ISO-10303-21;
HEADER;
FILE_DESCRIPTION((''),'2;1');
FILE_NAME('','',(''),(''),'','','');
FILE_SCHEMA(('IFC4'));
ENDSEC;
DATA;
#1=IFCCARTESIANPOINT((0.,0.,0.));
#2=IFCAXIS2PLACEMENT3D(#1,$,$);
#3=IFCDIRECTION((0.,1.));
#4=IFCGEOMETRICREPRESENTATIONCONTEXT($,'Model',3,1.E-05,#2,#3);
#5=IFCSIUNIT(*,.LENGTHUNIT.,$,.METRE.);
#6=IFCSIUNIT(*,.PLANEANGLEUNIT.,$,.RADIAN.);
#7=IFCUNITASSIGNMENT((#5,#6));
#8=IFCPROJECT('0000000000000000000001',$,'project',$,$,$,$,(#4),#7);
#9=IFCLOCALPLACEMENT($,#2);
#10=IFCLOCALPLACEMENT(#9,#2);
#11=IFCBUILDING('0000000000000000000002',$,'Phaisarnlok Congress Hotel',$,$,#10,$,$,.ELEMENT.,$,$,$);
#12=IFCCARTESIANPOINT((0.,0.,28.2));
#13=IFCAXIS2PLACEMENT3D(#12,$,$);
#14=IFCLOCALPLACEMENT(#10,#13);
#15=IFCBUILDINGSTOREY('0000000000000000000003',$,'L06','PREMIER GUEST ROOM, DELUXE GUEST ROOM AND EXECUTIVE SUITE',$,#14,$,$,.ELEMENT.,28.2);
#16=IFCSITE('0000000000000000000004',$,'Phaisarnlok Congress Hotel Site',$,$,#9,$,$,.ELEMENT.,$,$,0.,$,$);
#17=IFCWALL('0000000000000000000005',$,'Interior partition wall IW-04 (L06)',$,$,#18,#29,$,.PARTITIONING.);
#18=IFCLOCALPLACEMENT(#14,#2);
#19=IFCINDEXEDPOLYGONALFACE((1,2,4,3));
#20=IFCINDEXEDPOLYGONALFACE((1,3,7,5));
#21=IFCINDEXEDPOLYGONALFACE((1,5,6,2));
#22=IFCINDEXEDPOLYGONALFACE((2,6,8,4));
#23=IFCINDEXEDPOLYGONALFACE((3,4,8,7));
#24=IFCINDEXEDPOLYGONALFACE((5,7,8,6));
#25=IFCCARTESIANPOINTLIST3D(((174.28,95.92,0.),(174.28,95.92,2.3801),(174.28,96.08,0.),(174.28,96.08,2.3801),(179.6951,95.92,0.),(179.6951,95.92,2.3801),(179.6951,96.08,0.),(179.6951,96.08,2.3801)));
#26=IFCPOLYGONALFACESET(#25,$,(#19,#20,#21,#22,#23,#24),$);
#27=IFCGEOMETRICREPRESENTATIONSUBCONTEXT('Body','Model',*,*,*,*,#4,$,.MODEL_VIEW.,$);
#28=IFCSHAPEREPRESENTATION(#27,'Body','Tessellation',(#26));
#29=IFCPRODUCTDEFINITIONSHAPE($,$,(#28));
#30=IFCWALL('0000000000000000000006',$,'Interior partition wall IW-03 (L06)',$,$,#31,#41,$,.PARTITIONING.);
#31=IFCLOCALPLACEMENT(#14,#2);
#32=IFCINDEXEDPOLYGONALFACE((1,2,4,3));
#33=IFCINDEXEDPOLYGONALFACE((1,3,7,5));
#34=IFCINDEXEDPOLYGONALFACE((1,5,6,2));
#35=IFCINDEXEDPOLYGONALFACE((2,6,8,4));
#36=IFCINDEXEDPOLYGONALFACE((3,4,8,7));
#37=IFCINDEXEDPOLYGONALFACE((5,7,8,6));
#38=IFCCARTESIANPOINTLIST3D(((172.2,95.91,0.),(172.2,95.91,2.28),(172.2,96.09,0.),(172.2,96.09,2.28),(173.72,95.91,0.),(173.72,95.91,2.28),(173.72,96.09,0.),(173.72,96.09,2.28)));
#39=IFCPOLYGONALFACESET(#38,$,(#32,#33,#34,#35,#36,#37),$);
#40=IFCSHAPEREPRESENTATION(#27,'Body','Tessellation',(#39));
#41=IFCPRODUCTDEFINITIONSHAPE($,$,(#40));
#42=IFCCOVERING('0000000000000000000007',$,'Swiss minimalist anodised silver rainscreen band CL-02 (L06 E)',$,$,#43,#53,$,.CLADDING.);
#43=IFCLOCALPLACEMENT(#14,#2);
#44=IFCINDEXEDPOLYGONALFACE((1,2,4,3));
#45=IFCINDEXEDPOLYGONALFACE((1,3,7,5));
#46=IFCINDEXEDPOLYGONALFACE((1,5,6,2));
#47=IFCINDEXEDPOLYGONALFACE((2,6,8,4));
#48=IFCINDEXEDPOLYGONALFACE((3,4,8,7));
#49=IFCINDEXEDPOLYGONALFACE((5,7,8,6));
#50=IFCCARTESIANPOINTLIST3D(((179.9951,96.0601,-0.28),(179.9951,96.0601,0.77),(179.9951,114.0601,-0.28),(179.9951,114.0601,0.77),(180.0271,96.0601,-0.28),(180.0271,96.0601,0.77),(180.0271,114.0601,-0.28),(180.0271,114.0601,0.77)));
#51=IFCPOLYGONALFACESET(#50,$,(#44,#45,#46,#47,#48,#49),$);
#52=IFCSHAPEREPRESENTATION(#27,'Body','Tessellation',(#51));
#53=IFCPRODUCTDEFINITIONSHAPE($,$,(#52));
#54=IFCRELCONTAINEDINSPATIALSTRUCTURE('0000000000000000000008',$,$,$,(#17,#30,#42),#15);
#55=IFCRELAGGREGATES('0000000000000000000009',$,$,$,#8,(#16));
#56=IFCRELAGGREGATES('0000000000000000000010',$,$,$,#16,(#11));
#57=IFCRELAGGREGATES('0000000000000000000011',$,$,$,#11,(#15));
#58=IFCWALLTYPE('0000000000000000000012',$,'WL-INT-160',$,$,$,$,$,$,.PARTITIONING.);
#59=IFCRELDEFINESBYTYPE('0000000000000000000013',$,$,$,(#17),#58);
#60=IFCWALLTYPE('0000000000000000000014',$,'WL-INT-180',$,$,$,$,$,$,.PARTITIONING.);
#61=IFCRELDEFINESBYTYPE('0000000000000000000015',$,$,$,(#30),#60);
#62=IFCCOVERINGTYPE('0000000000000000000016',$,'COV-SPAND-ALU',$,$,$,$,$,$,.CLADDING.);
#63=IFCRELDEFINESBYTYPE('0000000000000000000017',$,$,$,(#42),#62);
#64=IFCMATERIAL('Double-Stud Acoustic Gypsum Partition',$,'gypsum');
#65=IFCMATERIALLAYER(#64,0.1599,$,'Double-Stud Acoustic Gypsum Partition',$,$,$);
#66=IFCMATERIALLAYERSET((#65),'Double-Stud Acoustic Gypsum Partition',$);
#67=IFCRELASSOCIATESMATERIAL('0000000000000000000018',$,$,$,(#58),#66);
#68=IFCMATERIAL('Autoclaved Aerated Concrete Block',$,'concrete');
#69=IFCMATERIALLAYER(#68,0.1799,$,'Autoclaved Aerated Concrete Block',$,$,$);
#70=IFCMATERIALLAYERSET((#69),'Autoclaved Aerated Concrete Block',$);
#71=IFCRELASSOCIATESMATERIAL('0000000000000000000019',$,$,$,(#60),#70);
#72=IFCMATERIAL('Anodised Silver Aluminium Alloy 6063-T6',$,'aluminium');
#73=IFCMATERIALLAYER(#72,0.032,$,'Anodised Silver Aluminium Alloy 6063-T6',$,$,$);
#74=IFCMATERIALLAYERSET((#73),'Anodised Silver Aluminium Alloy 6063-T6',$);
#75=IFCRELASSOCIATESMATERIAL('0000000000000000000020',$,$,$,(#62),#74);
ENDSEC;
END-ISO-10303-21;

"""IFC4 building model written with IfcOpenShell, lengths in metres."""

from ifc_helpers import new_model, si_unit, direction, frame, frame_2d, origin, place, context, subcontext, project, spatial, polyline, rectangle, outline, extrude, material, layer, layer_set, type_object, element, save


model = new_model("IFC4")

# Units and contexts
model_context = context("Model", 3, precision=1e-05, world=origin(), true_north=direction((0.0, 1.0)))
body_context = subcontext(model_context, "Body", "Model", "MODEL_VIEW")
ifc_project = project(units=[si_unit("LENGTHUNIT", "METRE"), si_unit("PLANEANGLEUNIT", "RADIAN")], contexts=[model_context])

# Site, building, storey
site_placement = place(None, origin())
site = spatial("IfcSite", under=ifc_project, at=site_placement, Name="Phaisarnlok Congress Hotel Site", CompositionType="ELEMENT", RefElevation=0.0)
building_placement = place(site_placement, origin())
building = spatial("IfcBuilding", under=site, at=building_placement, Name="Phaisarnlok Congress Hotel", CompositionType="ELEMENT")
storey_placement = place(building_placement, frame((0.0, 0.0, 28.2)))
storey = spatial("IfcBuildingStorey", under=building, at=storey_placement, Name="L06", Description="PREMIER GUEST ROOM, DELUXE GUEST ROOM AND EXECUTIVE SUITE", CompositionType="ELEMENT", Elevation=28.2)

# Walls
ifc_material_1 = material(Name="Double-Stud Acoustic Gypsum Partition", Category="gypsum")
ifc_layer_1 = layer(ifc_material_1, 0.1599, Name="Double-Stud Acoustic Gypsum Partition")
ifc_layer_set_1 = layer_set([ifc_layer_1], Name="Double-Stud Acoustic Gypsum Partition")
wall_type_1 = type_object("IfcWallType", Name="WL-INT-160", PredefinedType="PARTITIONING", material=ifc_layer_set_1)
wall_1_placement = place(storey_placement, frame((174.28, 96.0, 0.0), z_axis=(0.0, 0.0, 1.0), x_axis=(1.0, 0.0, 0.0)))
element("IfcWall", 1, at=wall_1_placement, inside=storey, type_object=wall_type_1, Name="Interior partition wall IW-04 (L06)", PredefinedType="PARTITIONING", context=body_context, shape_type="SweptSolid", body=[
    extrude(rectangle(XDim=5.415, YDim=0.1599, at=frame_2d((2.7075, 0.0))), origin(), (0.0, 0.0, 1.0), 2.3801),
])
ifc_material_2 = material(Name="Autoclaved Aerated Concrete Block", Category="concrete")
ifc_layer_2 = layer(ifc_material_2, 0.1799, Name="Autoclaved Aerated Concrete Block")
ifc_layer_set_2 = layer_set([ifc_layer_2], Name="Autoclaved Aerated Concrete Block")
wall_type_2 = type_object("IfcWallType", Name="WL-INT-180", PredefinedType="PARTITIONING", material=ifc_layer_set_2)
wall_2_placement = place(storey_placement, frame((172.2, 96.0, 0.0), z_axis=(0.0, 0.0, 1.0), x_axis=(1.0, 0.0, 0.0)))
element("IfcWall", 2, at=wall_2_placement, inside=storey, type_object=wall_type_2, Name="Interior partition wall IW-03 (L06)", PredefinedType="PARTITIONING", context=body_context, shape_type="SweptSolid", body=[
    extrude(rectangle(XDim=1.52, YDim=0.1799, at=frame_2d((0.76, 0.0))), origin(), (0.0, 0.0, 1.0), 2.28),
])

# Covering
ifc_material_3 = material(Name="Anodised Silver Aluminium Alloy 6063-T6", Category="aluminium")
ifc_layer_3 = layer(ifc_material_3, 0.032, Name="Anodised Silver Aluminium Alloy 6063-T6")
ifc_layer_set_3 = layer_set([ifc_layer_3], Name="Anodised Silver Aluminium Alloy 6063-T6")
covering_type = type_object("IfcCoveringType", Name="COV-SPAND-ALU", PredefinedType="CLADDING", material=ifc_layer_set_3)
covering_placement = place(storey_placement, frame((179.9951, 96.0601, -0.28), z_axis=(1.0, 0.0, 0.0), x_axis=(0.0, 1.0, 0.0)))
element("IfcCovering", 3, at=covering_placement, inside=storey, type_object=covering_type, Name="Swiss minimalist anodised silver rainscreen band CL-02 (L06 E)", PredefinedType="CLADDING", context=body_context, shape_type="SweptSolid", body=[
    extrude(outline(polyline([(0.0, 0.0), (18.0, 0.0), (18.0, 1.05), (0.0, 1.05), (0.0, 0.0)])), origin(), (0.0, 0.0, 1.0), 0.032),
])

save(model, "model.ifc")
